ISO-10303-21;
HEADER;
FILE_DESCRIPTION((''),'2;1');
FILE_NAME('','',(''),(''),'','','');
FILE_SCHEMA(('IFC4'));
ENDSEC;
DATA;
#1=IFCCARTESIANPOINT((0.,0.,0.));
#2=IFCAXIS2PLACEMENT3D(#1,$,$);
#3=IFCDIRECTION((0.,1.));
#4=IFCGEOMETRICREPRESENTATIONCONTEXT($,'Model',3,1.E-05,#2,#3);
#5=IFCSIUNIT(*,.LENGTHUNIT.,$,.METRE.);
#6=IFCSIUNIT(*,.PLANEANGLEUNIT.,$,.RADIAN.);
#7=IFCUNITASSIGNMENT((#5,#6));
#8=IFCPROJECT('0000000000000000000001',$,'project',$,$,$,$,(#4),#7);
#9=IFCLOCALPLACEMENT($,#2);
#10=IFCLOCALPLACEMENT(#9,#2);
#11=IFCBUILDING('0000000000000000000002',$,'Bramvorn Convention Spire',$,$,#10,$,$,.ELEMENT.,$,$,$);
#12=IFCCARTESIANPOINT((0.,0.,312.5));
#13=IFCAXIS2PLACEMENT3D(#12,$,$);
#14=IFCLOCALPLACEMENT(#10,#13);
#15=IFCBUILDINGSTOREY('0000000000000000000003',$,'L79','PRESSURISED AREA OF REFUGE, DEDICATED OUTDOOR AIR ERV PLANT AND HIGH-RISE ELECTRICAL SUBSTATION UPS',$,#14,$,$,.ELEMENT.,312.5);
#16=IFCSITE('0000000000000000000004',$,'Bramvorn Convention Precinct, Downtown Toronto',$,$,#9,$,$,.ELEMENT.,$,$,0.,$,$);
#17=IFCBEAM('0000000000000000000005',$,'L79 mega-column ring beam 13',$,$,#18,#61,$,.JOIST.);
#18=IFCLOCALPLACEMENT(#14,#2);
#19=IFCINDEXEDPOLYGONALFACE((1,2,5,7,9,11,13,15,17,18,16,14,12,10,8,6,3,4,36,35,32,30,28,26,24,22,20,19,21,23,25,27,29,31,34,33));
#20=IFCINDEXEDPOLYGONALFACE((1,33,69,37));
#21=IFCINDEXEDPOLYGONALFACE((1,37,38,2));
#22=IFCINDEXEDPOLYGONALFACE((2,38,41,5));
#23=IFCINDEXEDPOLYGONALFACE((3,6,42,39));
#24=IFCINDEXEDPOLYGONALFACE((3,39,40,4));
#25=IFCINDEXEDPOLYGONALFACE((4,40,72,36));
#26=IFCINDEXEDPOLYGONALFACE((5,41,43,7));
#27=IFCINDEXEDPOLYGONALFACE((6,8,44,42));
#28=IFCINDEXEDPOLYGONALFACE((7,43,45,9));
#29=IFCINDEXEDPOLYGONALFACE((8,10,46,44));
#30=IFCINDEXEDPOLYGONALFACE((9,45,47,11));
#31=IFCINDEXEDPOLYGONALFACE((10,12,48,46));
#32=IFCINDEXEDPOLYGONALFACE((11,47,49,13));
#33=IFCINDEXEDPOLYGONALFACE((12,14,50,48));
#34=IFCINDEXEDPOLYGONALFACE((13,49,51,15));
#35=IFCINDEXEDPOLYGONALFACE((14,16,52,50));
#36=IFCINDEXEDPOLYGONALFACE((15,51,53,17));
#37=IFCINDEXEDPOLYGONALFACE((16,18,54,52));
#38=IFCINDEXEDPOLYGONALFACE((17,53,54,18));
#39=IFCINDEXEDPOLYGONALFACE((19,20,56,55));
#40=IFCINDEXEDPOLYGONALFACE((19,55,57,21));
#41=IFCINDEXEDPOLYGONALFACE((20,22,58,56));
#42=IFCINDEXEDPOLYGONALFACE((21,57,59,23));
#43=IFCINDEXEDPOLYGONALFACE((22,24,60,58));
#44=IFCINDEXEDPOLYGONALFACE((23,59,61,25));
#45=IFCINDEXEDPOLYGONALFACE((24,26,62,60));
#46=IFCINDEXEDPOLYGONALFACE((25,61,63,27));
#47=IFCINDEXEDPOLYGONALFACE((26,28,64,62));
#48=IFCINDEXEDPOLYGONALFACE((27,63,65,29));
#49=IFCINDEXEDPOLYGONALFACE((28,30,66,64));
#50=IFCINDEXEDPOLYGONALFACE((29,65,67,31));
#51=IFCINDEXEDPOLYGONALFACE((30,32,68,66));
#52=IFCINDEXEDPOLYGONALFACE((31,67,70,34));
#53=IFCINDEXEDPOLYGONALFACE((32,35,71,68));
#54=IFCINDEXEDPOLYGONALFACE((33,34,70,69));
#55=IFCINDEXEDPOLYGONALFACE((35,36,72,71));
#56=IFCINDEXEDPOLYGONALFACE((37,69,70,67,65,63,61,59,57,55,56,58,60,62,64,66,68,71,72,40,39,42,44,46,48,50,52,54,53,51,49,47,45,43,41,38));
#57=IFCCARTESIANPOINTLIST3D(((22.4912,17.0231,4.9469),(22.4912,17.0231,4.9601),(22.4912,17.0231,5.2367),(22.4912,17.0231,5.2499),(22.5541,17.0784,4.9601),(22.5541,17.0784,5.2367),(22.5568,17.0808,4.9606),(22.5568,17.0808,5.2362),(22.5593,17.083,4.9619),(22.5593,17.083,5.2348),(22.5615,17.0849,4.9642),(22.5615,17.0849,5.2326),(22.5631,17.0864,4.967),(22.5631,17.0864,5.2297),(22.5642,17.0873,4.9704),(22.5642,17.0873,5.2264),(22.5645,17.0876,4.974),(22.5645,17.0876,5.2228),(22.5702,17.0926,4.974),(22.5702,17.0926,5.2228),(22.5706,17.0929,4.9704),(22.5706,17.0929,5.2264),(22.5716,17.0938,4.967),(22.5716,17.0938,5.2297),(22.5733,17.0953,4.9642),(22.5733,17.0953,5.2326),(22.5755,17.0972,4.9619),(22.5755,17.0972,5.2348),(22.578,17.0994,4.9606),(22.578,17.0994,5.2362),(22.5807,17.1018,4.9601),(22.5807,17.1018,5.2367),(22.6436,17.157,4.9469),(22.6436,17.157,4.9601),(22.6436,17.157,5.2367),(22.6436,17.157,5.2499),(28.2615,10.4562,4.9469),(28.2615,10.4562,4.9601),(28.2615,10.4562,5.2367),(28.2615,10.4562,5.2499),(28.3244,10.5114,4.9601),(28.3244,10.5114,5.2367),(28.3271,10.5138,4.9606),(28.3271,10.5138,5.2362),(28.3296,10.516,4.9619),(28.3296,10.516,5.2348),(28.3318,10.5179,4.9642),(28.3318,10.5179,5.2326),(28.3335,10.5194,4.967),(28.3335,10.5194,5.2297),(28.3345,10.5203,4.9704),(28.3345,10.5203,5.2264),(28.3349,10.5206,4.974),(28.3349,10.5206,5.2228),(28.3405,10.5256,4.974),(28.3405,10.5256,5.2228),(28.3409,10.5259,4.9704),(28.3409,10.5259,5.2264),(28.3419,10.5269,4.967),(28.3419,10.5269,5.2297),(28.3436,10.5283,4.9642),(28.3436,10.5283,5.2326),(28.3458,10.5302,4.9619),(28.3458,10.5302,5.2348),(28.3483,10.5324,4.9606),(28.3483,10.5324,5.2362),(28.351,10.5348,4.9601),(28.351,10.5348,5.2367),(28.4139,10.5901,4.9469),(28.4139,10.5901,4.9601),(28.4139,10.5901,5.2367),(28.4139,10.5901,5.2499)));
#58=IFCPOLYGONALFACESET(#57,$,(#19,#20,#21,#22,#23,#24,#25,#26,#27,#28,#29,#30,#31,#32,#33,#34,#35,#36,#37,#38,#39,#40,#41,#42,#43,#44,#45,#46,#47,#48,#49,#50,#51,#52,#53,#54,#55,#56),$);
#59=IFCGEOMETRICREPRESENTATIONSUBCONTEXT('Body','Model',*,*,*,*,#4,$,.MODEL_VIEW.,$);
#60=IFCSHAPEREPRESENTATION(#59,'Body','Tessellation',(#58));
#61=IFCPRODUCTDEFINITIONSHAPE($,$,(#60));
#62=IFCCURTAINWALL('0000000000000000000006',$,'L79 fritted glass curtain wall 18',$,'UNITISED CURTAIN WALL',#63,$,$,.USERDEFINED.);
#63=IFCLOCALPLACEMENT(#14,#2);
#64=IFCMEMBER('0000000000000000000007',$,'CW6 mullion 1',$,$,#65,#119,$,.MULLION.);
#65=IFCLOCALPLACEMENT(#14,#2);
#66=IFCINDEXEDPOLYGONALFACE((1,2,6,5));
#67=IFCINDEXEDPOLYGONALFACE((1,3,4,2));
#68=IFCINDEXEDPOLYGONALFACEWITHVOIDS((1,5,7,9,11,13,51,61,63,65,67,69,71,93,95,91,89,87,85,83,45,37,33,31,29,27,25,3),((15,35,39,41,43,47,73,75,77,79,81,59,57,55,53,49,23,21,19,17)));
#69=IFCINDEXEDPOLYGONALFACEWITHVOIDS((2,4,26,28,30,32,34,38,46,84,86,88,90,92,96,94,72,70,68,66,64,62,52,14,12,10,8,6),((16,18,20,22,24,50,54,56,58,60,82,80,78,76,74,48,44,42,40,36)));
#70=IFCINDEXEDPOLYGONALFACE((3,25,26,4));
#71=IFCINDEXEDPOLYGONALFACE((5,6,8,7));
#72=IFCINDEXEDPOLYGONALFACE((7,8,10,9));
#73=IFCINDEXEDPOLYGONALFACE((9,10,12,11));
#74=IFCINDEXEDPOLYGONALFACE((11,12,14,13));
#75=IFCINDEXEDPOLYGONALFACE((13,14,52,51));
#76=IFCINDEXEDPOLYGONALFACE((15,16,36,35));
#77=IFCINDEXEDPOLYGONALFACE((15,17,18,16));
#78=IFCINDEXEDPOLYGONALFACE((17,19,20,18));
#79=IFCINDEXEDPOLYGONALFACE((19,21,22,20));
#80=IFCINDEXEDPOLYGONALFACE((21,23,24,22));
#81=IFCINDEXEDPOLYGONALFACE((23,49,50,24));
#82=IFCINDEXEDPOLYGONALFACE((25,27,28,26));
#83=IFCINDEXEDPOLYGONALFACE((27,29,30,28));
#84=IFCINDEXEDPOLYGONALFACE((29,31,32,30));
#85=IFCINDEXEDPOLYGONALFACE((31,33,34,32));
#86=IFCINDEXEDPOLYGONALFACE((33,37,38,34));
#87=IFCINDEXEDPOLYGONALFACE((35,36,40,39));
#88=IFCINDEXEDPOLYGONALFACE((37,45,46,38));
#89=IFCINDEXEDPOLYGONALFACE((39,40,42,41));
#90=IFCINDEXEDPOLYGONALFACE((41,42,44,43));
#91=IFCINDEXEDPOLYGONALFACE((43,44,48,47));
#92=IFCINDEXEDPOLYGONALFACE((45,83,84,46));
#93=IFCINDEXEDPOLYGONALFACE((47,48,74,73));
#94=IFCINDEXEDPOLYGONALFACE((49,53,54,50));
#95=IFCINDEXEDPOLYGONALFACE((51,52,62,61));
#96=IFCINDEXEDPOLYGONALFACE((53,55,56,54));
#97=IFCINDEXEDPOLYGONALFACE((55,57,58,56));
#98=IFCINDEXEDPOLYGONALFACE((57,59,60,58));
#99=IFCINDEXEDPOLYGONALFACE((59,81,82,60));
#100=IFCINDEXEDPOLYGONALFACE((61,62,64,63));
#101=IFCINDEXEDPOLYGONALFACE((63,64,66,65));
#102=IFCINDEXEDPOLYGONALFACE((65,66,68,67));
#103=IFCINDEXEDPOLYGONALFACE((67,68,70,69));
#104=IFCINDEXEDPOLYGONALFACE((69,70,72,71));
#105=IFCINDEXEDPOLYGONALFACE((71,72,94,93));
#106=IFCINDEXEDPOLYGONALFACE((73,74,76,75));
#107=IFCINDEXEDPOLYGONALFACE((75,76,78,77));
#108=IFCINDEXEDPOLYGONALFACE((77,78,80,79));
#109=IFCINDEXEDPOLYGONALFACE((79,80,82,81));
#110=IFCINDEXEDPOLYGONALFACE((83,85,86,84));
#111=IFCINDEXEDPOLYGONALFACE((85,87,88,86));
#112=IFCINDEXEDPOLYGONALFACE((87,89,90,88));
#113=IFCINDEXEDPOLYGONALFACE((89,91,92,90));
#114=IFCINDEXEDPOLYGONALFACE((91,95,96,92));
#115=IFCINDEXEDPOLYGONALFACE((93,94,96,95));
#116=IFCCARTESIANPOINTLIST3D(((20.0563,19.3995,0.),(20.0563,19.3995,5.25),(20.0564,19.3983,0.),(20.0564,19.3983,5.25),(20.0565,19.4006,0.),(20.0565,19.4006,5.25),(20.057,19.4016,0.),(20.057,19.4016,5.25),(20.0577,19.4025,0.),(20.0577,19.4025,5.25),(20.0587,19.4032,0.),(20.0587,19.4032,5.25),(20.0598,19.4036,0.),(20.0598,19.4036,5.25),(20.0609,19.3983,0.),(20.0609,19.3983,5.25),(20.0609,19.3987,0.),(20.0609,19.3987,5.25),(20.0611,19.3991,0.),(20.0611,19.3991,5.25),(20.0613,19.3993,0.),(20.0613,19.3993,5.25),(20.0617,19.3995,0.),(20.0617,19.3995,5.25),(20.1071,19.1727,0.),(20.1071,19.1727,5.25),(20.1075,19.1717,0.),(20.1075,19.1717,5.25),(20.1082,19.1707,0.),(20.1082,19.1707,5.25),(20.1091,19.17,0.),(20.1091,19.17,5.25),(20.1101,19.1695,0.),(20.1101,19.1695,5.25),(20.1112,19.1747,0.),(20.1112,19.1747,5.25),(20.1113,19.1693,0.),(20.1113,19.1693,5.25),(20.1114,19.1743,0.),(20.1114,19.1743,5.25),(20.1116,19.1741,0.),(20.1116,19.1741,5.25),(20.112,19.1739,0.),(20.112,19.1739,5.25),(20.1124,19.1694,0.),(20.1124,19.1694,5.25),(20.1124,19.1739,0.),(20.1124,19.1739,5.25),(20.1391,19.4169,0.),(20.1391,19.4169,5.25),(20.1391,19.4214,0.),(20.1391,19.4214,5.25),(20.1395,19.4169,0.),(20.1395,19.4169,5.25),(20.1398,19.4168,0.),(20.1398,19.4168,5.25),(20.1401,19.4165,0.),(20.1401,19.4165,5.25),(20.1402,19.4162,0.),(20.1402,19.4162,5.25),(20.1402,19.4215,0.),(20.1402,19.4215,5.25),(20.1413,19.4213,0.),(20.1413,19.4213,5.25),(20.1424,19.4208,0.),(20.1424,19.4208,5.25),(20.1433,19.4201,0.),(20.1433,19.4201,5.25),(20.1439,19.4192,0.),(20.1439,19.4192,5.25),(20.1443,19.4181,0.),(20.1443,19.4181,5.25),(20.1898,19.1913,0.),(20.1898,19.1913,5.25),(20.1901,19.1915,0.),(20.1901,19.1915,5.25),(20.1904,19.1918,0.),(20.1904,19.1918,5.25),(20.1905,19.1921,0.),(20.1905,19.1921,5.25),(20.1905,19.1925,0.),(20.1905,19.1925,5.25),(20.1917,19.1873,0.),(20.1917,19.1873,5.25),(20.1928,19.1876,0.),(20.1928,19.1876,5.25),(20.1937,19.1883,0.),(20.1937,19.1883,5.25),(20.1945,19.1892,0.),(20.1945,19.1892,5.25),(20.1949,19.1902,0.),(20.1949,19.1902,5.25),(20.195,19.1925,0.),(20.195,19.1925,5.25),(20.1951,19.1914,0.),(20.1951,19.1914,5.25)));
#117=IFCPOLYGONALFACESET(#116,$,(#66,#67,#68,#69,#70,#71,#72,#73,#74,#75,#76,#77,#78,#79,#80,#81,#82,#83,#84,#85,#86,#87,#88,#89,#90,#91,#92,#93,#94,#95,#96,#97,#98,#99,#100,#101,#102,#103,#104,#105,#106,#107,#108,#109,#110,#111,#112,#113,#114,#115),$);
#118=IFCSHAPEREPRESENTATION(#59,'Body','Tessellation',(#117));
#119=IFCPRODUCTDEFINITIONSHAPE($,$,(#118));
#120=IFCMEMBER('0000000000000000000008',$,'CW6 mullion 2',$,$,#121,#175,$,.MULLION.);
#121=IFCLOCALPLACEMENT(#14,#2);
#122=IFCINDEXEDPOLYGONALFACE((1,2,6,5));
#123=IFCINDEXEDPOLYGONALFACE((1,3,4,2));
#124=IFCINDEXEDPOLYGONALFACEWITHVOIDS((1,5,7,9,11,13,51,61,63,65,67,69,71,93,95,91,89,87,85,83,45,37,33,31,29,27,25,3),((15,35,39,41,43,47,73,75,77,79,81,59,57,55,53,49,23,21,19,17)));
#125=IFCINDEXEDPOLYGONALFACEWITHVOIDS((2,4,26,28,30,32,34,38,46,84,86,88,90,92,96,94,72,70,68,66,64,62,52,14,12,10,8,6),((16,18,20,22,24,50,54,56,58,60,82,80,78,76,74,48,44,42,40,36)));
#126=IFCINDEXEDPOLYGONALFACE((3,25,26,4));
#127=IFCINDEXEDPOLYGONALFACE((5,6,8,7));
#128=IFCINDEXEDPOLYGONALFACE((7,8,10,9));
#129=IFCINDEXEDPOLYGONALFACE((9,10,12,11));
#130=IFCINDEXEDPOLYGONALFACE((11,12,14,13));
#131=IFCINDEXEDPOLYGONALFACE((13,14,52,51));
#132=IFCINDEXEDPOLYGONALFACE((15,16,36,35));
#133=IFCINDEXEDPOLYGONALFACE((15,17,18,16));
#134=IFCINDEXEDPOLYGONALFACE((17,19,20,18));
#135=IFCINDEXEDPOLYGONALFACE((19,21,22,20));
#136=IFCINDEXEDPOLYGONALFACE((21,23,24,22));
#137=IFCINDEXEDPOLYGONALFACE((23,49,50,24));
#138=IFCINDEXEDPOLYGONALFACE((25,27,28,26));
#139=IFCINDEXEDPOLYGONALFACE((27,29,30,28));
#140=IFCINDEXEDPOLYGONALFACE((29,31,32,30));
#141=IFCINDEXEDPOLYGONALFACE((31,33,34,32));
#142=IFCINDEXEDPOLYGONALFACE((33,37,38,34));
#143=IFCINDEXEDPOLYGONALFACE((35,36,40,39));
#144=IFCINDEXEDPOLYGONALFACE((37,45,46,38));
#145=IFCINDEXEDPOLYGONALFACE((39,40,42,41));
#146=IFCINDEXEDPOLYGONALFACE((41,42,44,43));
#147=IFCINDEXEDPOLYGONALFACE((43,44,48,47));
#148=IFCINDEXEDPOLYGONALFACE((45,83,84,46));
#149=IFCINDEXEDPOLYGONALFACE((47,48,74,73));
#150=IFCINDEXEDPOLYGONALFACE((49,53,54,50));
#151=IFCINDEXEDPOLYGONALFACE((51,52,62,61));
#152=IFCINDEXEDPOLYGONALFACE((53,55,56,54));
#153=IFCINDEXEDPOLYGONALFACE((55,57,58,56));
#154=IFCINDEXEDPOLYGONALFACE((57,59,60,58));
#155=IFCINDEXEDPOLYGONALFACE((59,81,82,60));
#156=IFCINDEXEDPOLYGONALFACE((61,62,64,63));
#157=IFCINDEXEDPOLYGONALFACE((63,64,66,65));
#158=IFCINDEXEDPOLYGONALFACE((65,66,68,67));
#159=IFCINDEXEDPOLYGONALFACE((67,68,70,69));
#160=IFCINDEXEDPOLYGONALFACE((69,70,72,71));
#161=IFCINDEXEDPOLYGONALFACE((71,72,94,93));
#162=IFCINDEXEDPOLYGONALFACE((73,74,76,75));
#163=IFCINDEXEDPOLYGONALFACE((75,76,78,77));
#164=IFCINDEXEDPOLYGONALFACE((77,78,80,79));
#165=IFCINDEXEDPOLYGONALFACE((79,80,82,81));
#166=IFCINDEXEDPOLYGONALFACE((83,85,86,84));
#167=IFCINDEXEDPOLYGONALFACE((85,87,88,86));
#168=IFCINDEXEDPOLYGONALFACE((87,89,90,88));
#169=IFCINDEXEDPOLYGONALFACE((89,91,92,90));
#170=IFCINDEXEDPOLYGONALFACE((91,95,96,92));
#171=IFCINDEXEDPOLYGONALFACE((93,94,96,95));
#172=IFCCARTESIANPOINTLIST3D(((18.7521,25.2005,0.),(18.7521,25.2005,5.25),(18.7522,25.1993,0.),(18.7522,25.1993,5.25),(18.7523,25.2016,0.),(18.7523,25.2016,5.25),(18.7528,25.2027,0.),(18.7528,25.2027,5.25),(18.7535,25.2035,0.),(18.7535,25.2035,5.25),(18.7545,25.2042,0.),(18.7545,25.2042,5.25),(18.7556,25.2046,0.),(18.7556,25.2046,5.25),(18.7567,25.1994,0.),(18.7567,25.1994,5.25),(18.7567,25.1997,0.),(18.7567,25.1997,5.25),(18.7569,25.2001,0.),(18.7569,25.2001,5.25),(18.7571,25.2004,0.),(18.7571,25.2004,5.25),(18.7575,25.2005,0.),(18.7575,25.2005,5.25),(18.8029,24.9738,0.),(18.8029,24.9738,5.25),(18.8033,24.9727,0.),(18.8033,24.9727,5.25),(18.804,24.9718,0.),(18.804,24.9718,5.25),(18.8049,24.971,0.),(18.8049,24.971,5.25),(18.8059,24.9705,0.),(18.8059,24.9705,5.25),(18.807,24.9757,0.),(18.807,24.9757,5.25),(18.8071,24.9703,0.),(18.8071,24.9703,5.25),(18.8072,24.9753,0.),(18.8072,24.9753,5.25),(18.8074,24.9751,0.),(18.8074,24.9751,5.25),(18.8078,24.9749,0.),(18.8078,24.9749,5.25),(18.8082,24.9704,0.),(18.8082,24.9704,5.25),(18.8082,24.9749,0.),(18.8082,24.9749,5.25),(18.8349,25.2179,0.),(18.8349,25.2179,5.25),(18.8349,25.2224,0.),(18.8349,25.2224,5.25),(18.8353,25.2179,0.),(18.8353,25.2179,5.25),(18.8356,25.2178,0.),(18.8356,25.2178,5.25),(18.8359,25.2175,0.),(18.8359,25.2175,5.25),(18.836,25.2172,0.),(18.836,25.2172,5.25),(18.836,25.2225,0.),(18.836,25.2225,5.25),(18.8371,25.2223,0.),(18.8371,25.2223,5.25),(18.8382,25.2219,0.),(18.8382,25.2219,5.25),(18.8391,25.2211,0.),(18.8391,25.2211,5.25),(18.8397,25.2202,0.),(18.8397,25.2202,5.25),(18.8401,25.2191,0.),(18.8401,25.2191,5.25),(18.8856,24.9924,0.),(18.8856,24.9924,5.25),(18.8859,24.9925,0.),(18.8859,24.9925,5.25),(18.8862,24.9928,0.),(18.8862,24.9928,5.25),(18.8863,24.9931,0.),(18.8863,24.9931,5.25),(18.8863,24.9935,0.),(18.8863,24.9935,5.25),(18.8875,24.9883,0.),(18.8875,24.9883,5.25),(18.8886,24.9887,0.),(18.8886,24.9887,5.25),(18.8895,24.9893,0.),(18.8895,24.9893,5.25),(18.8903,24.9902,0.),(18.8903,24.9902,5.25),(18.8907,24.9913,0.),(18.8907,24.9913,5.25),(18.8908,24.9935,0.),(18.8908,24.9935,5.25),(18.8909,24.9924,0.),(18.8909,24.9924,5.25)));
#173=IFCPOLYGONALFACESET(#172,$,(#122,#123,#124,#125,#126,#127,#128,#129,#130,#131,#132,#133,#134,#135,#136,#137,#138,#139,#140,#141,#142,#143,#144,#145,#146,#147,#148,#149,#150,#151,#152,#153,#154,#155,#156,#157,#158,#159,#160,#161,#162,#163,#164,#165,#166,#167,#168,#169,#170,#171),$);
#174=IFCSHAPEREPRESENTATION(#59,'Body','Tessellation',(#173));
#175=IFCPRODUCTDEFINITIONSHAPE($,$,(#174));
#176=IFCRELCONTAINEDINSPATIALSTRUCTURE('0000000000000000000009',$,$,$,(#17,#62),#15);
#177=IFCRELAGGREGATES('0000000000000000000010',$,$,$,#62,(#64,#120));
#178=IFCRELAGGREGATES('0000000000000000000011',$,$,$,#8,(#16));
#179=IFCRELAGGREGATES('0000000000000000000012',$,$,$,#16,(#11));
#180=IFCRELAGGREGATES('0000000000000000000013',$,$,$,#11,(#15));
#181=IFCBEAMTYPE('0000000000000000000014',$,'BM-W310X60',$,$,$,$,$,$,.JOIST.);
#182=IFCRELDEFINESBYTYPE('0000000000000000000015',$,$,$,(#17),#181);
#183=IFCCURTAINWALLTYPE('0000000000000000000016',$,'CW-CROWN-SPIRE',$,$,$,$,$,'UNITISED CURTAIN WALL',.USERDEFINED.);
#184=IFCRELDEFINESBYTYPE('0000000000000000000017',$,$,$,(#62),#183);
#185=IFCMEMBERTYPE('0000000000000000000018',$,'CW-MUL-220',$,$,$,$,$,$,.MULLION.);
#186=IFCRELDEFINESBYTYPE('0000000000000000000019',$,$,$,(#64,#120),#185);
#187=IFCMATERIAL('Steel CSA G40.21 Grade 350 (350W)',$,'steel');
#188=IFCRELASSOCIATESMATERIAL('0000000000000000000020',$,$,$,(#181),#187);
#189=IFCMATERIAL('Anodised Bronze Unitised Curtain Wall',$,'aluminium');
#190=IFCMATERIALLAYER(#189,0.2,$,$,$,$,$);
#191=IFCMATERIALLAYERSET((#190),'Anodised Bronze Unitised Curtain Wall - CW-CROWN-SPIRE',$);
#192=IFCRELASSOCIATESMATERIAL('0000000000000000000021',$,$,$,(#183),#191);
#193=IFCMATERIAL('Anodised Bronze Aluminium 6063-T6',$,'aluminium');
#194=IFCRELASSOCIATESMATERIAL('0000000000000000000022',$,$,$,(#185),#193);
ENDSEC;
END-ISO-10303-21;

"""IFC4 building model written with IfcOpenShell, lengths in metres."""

from ifc_helpers import new_model, si_unit, direction, frame, origin, origin_2d, place, context, subcontext, project, spatial, hollow_rectangle, i_section, extrude, material, layer, layer_set, material_profile, profile_set, type_object, element, aggregate, save


model = new_model("IFC4")

# Units and contexts
model_context = context("Model", 3, precision=1e-05, world=origin(), true_north=direction((0.0, 1.0)))
body_context = subcontext(model_context, "Body", "Model", "MODEL_VIEW")
ifc_project = project(units=[si_unit("LENGTHUNIT", "METRE"), si_unit("PLANEANGLEUNIT", "RADIAN")], contexts=[model_context])

# Site, building, storey
site_placement = place(None, origin())
site = spatial("IfcSite", under=ifc_project, at=site_placement, Name="Bramvorn Convention Precinct, Downtown Toronto", CompositionType="ELEMENT", RefElevation=0.0)
building_placement = place(site_placement, origin())
building = spatial("IfcBuilding", under=site, at=building_placement, Name="Bramvorn Convention Spire", CompositionType="ELEMENT")
storey_placement = place(building_placement, frame((0.0, 0.0, 312.5)))
storey = spatial("IfcBuildingStorey", under=building, at=storey_placement, Name="L79", Description="PRESSURISED AREA OF REFUGE, DEDICATED OUTDOOR AIR ERV PLANT AND HIGH-RISE ELECTRICAL SUBSTATION UPS", CompositionType="ELEMENT", Elevation=312.5)

# Shared definitions
ifc_material_1 = material(Name="Steel CSA G40.21 Grade 350 (350W)", Category="steel")

# Beam
ifc_material_profile_1 = material_profile(ifc_material_1, i_section(OverallWidth=0.2029, OverallDepth=0.303, WebThickness=0.0076, FlangeThickness=0.0132, FilletRadius=0.0139, at=origin_2d()))
ifc_profile_set_1 = profile_set([ifc_material_profile_1], Name="Steel CSA G40.21 Grade 350 (350W) - W310X60")
beam_type_1 = type_object("IfcBeamType", Name="BM-W310X60", PredefinedType="JOIST", material=ifc_profile_set_1)
beam_1_placement = place(storey_placement, frame((22.5674, 17.0901, 5.0984), z_axis=(0.660073, -0.751201, 0.0), x_axis=(0.751201, 0.660073, 0.0)))
element("IfcBeam", 1, at=beam_1_placement, inside=storey, type_object=beam_type_1, Name="L79 mega-column ring beam 13", PredefinedType="JOIST", context=body_context, shape_type="SweptSolid", body=[
    extrude(i_section(OverallWidth=0.2029, OverallDepth=0.303, WebThickness=0.0076, FlangeThickness=0.0132, FilletRadius=0.0139, at=origin_2d()), origin(), (0.0, 0.0, 1.0), 8.7419),
])

# Curtain wall, members
ifc_material_2 = material(Name="Anodised Bronze Unitised Curtain Wall", Category="aluminium")
ifc_layer_1 = layer(ifc_material_2, 0.2)
ifc_layer_set_1 = layer_set([ifc_layer_1], Name="Anodised Bronze Unitised Curtain Wall - CW-CROWN-SPIRE")
curtain_wall_type = type_object("IfcCurtainWallType", Name="CW-CROWN-SPIRE", ElementType="UNITISED CURTAIN WALL", PredefinedType="USERDEFINED", material=ifc_layer_set_1)
curtain_wall_1_placement = place(storey_placement, origin())
curtain_wall_1 = element("IfcCurtainWall", 2, at=curtain_wall_1_placement, inside=storey, type_object=curtain_wall_type, Name="L79 fritted glass curtain wall 18", ObjectType="UNITISED CURTAIN WALL", PredefinedType="USERDEFINED")
ifc_material_3 = material(Name="Anodised Bronze Aluminium 6063-T6", Category="aluminium")
ifc_material_profile_2 = material_profile(ifc_material_3, hollow_rectangle(XDim=0.0901, YDim=0.24, WallThickness=0.0044, InnerFilletRadius=0.001, OuterFilletRadius=0.0044, at=origin_2d()))
ifc_profile_set_2 = profile_set([ifc_material_profile_2], Name="Anodised Bronze Aluminium 6063-T6 - CWM90X240")
member_type_1 = type_object("IfcMemberType", Name="CW-MUL-220", PredefinedType="MULLION", material=ifc_profile_set_2)
member_1_placement = place(storey_placement, frame((20.1257, 19.2954, 0.0), z_axis=(0.0, 0.0, 1.0), x_axis=(-0.975645, -0.219356, 0.0)))
member_1 = element("IfcMember", 3, at=member_1_placement, type_object=member_type_1, Name="CW6 mullion 1", PredefinedType="MULLION", context=body_context, shape_type="SweptSolid", body=[
    extrude(hollow_rectangle(XDim=0.0901, YDim=0.24, WallThickness=0.0044, InnerFilletRadius=0.001, OuterFilletRadius=0.0044, at=origin_2d()), origin(), (0.0, 0.0, 1.0), 5.25),
])
member_2_placement = place(storey_placement, frame((18.8215, 25.0964, 0.0), z_axis=(0.0, 0.0, 1.0), x_axis=(-0.975645, -0.219356, 0.0)))
member_2 = element("IfcMember", 4, at=member_2_placement, type_object=member_type_1, Name="CW6 mullion 2", PredefinedType="MULLION", context=body_context, shape_type="SweptSolid", body=[
    extrude(hollow_rectangle(XDim=0.0901, YDim=0.24, WallThickness=0.0044, InnerFilletRadius=0.001, OuterFilletRadius=0.0044, at=origin_2d()), origin(), (0.0, 0.0, 1.0), 5.25),
])

aggregate(curtain_wall_1, [member_1, member_2])

save(model, "model.ifc")
